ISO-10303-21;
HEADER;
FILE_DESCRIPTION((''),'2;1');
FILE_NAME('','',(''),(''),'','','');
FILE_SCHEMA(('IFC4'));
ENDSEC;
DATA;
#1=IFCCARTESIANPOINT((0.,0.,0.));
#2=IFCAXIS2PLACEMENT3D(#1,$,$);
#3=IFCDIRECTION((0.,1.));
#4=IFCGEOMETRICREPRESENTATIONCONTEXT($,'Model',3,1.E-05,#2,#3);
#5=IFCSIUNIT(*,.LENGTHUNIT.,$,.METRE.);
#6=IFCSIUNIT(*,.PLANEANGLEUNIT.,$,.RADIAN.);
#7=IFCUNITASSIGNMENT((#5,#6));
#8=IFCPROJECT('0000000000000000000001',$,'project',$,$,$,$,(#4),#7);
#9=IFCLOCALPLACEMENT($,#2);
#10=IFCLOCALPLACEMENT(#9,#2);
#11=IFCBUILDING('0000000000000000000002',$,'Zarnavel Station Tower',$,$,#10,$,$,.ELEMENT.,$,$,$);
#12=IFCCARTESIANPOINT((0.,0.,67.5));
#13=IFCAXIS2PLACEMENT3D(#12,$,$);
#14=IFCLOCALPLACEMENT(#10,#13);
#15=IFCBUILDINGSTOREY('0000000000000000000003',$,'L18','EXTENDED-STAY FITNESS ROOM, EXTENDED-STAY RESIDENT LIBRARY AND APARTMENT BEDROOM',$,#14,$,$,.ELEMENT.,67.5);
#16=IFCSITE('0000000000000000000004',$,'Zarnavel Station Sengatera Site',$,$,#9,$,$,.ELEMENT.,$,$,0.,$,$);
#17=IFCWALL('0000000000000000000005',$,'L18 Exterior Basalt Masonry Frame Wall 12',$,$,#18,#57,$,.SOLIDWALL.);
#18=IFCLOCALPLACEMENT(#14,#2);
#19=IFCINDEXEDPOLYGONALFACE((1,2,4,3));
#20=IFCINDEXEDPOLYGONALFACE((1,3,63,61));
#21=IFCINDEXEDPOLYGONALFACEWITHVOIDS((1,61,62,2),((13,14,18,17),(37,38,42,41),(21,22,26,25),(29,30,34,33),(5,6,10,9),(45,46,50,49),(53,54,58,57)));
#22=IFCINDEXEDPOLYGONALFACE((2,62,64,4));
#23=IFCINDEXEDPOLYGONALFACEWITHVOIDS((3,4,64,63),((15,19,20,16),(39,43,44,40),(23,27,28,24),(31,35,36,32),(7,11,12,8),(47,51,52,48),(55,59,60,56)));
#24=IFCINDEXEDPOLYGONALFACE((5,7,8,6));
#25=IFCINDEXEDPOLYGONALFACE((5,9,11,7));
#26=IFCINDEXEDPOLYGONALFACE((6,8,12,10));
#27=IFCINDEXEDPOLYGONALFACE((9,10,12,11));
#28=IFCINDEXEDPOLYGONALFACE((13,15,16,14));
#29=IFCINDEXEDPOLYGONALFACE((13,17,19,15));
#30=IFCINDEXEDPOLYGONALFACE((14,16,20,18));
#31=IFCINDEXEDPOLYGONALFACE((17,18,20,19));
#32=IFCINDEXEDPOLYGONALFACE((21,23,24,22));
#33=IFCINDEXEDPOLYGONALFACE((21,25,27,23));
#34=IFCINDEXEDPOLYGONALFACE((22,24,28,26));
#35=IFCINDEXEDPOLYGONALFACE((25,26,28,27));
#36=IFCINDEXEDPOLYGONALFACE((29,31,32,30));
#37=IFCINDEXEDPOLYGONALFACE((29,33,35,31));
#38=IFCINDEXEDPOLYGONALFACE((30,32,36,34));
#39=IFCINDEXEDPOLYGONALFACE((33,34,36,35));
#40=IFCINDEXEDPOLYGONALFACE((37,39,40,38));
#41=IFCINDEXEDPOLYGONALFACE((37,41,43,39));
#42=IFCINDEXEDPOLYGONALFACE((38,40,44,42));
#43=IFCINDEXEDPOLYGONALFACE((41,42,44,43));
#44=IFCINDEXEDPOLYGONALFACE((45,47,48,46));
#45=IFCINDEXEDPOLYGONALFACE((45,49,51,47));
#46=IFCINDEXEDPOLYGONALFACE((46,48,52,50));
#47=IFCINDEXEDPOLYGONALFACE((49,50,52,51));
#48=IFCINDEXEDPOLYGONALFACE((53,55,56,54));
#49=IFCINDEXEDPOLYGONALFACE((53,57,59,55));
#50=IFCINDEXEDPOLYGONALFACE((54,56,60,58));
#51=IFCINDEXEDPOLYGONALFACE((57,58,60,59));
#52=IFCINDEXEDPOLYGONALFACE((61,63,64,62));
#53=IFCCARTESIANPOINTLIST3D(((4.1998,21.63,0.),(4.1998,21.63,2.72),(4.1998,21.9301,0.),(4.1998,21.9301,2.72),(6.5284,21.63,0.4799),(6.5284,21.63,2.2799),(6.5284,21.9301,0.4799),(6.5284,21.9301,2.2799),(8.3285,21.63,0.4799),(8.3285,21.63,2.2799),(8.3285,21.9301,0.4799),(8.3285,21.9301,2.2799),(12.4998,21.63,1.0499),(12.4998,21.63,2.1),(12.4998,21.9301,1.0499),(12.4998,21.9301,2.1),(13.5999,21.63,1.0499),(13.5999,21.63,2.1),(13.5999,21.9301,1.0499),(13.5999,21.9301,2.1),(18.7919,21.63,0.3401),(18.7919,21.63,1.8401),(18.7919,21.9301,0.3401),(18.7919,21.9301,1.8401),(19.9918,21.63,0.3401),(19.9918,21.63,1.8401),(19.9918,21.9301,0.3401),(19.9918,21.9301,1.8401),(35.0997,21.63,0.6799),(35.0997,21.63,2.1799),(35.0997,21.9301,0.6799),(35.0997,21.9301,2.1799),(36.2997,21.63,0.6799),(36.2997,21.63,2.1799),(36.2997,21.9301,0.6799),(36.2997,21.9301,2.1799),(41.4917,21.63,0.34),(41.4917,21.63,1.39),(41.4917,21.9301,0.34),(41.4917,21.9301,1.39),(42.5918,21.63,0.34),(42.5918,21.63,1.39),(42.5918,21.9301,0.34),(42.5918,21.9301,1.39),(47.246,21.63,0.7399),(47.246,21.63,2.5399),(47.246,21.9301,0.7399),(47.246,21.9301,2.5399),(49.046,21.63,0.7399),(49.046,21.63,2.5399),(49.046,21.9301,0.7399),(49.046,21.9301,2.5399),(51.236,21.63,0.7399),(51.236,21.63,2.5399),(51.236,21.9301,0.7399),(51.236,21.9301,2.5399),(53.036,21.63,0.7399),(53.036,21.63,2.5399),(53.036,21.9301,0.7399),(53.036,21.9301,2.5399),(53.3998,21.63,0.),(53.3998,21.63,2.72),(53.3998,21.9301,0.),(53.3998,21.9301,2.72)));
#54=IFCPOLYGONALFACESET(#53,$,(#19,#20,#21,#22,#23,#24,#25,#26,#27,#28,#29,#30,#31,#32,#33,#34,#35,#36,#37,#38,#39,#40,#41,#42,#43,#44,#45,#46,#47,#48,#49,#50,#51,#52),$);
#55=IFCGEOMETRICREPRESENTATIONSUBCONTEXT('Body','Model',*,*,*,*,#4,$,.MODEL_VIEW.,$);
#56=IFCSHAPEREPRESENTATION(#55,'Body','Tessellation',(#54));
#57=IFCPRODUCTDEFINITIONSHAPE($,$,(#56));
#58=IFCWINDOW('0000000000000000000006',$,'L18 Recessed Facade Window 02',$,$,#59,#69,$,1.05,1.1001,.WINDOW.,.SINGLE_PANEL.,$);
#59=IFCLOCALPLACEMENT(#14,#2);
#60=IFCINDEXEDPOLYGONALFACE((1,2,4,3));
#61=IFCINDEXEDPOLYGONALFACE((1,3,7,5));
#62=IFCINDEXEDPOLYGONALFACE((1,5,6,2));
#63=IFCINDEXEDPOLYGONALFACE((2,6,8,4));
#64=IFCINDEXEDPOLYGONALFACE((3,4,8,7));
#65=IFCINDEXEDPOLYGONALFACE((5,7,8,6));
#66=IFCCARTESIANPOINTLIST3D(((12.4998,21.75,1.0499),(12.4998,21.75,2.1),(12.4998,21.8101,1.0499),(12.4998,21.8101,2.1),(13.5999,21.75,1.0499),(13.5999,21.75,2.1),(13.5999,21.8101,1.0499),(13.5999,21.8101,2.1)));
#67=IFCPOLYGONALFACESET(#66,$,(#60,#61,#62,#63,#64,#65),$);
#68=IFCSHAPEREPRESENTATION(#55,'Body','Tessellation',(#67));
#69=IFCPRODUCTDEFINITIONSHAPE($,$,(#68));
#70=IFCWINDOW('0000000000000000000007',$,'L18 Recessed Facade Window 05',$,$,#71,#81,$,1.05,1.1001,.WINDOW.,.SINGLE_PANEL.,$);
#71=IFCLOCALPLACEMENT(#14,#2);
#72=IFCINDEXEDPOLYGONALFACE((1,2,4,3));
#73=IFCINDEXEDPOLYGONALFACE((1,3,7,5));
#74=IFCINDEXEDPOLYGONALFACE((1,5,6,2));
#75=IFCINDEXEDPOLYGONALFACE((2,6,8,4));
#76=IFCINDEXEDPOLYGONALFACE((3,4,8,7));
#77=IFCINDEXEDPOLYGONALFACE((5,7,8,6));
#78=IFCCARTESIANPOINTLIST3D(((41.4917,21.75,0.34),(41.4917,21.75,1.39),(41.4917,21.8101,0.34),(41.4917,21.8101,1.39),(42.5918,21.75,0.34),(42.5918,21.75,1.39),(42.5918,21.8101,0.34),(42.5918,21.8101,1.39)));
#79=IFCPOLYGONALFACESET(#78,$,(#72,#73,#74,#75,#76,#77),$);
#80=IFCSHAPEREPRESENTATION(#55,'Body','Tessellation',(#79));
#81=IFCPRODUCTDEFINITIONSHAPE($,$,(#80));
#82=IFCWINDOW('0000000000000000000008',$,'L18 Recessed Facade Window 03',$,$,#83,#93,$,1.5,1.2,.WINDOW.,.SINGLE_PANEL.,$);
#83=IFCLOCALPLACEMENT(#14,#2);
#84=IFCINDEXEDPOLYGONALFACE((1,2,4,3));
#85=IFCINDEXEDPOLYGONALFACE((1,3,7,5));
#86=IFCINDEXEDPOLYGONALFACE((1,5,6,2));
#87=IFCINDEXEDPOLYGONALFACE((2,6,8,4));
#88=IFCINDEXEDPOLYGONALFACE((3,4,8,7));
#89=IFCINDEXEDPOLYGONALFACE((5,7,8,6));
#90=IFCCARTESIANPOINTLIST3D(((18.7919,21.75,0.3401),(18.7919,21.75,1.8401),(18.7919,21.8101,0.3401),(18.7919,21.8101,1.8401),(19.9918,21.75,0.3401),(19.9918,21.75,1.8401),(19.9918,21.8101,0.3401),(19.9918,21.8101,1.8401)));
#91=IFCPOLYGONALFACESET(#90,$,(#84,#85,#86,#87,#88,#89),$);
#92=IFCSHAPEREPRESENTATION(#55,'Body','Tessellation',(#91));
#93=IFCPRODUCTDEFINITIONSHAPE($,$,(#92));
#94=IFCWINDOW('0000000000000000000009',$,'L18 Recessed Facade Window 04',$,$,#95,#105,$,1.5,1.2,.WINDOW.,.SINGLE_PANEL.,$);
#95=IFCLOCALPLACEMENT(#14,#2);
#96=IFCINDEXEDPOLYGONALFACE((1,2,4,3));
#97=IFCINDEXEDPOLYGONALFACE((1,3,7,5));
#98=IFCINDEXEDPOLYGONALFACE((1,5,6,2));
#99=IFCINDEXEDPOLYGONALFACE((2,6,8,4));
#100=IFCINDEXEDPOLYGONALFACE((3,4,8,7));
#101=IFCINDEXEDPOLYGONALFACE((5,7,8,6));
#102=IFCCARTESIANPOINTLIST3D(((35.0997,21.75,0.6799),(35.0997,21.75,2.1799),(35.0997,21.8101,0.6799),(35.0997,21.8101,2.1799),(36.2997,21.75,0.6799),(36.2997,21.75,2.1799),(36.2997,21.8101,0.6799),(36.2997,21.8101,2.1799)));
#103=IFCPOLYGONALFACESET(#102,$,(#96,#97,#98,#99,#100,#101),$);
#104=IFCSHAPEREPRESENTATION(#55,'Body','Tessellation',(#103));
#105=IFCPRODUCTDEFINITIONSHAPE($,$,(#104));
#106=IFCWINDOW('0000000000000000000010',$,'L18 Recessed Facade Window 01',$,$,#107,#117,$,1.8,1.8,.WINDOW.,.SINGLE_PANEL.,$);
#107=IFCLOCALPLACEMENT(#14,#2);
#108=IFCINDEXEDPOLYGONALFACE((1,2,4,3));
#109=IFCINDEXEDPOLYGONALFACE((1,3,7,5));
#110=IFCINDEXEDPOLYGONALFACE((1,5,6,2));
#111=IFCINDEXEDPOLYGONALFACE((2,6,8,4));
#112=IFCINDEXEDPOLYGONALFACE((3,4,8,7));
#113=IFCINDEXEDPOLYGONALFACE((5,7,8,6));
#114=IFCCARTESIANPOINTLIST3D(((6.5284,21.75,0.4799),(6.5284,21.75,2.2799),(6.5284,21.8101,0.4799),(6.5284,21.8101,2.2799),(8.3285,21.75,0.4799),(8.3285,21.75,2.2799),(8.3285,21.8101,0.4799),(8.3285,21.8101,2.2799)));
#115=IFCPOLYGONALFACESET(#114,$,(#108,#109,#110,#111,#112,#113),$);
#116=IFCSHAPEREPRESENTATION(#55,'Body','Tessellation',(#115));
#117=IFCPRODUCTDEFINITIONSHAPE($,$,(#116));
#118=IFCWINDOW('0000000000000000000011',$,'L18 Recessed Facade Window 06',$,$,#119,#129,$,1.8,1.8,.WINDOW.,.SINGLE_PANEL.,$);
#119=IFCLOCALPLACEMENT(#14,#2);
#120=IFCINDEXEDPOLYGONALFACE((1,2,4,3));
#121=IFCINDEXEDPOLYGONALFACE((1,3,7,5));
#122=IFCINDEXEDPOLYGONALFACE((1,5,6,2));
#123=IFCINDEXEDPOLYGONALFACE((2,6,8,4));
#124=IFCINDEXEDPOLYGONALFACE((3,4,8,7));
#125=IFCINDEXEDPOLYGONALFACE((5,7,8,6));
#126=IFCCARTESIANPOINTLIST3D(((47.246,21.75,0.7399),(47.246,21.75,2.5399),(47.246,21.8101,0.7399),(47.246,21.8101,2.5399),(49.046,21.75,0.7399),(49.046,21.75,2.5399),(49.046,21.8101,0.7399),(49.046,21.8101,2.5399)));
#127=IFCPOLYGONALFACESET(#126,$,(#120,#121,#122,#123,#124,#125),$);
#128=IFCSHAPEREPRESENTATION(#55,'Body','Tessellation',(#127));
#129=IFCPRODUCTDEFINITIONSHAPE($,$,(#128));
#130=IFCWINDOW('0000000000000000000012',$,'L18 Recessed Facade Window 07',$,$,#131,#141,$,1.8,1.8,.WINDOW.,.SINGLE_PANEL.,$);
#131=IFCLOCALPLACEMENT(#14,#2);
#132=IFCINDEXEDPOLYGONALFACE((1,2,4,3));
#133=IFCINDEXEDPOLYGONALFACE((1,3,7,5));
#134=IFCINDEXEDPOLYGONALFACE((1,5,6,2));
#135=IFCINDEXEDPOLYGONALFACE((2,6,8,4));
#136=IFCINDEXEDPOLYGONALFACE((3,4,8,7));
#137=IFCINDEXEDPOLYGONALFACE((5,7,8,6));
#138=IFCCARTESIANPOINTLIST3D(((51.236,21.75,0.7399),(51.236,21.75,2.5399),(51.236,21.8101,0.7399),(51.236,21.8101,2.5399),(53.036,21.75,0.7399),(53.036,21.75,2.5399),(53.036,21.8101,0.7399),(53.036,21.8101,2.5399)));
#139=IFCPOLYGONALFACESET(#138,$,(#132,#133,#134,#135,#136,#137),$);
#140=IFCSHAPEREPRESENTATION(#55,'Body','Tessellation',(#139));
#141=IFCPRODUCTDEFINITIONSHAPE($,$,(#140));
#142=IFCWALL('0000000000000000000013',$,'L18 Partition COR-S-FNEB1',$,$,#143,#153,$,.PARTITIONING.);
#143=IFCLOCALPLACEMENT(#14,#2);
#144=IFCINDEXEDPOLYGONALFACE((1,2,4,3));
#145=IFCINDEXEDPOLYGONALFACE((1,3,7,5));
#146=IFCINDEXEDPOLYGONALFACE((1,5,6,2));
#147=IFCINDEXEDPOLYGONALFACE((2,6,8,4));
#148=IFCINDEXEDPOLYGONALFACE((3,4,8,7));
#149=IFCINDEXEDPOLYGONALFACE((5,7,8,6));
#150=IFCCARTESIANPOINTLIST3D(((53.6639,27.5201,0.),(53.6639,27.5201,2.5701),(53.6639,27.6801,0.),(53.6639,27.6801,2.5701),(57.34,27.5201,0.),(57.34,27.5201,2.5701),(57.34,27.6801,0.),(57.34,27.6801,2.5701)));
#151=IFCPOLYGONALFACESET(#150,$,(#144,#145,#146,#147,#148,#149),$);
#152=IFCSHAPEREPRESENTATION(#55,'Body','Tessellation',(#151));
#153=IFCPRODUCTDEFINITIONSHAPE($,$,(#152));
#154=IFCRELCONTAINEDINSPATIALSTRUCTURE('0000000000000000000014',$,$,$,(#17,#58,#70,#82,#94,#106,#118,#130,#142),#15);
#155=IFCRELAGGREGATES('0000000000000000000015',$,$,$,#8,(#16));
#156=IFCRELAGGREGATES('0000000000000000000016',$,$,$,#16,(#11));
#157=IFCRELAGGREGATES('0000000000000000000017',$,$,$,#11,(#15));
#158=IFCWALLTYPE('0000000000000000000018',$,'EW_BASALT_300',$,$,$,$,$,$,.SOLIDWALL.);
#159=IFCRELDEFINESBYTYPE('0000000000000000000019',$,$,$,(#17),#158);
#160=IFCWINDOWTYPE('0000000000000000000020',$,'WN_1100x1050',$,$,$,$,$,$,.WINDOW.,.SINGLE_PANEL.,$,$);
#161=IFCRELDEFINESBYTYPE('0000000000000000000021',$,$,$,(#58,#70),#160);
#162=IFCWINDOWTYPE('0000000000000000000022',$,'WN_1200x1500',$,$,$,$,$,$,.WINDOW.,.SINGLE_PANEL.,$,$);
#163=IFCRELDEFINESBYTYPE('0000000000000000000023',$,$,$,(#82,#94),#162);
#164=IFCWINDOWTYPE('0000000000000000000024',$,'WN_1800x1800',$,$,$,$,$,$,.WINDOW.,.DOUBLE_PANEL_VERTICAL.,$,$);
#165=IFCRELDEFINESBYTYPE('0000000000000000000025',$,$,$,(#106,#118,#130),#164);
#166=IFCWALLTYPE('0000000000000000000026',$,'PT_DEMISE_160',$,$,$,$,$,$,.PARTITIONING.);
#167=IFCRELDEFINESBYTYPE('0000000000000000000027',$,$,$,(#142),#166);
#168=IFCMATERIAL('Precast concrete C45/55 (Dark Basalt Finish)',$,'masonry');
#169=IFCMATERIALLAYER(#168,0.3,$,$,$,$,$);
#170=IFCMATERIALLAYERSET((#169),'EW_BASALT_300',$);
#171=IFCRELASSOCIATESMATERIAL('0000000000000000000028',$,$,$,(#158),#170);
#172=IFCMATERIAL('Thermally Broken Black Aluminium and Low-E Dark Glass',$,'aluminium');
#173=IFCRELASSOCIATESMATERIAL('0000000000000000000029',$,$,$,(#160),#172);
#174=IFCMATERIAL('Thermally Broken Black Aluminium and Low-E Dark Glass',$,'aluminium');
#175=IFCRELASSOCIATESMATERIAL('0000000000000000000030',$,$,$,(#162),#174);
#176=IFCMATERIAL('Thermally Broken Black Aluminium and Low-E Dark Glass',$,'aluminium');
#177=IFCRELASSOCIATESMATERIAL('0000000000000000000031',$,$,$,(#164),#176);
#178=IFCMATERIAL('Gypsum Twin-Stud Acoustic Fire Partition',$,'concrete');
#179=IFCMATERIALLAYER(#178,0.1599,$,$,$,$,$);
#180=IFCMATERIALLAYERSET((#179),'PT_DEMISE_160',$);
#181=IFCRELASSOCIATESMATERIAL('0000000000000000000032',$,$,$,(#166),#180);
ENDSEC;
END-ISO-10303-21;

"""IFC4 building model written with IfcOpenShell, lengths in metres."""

from ifc_helpers import new_model, si_unit, direction, frame, frame_2d, origin, place, context, subcontext, project, spatial, rectangle, extrude, material, layer, layer_set, type_object, element, fill, save


model = new_model("IFC4")

# Units and contexts
model_context = context("Model", 3, precision=1e-05, world=origin(), true_north=direction((0.0, 1.0)))
body_context = subcontext(model_context, "Body", "Model", "MODEL_VIEW")
ifc_project = project(units=[si_unit("LENGTHUNIT", "METRE"), si_unit("PLANEANGLEUNIT", "RADIAN")], contexts=[model_context])

# Site, building, storey
site_placement = place(None, origin())
site = spatial("IfcSite", under=ifc_project, at=site_placement, Name="Zarnavel Station Sengatera Site", CompositionType="ELEMENT", RefElevation=0.0)
building_placement = place(site_placement, origin())
building = spatial("IfcBuilding", under=site, at=building_placement, Name="Zarnavel Station Tower", CompositionType="ELEMENT")
storey_placement = place(building_placement, frame((0.0, 0.0, 67.5)))
storey = spatial("IfcBuildingStorey", under=building, at=storey_placement, Name="L18", Description="EXTENDED-STAY FITNESS ROOM, EXTENDED-STAY RESIDENT LIBRARY AND APARTMENT BEDROOM", CompositionType="ELEMENT", Elevation=67.5)

# Shared definitions
ifc_material_1 = material(Name="Precast concrete C45/55 (Dark Basalt Finish)", Category="masonry")
ifc_layer_1 = layer(ifc_material_1, 0.3)
ifc_layer_set_1 = layer_set([ifc_layer_1], Name="EW_BASALT_300")
wall_type_1 = type_object("IfcWallType", Name="EW_BASALT_300", PredefinedType="SOLIDWALL", material=ifc_layer_set_1)

# Wall, openings, windows
wall_1_placement = place(storey_placement, frame((53.3999, 21.78, 0.0), z_axis=(0.0, 0.0, 1.0), x_axis=(-1.0, 0.0, 0.0)))
wall_1 = element("IfcWall", 1, at=wall_1_placement, inside=storey, type_object=wall_type_1, Name="L18 Exterior Basalt Masonry Frame Wall 12", PredefinedType="SOLIDWALL", context=body_context, shape_type="SweptSolid", body=[
    extrude(rectangle(XDim=49.2, YDim=0.3, at=frame_2d((24.6001, 0.0))), origin(), (0.0, 0.0, 1.0), 2.72),
])
opening_1_placement = place(wall_1_placement, frame((45.0715, 0.0, 0.48)))
opening_1 = element("IfcOpeningElement", 2, at=opening_1_placement, cuts=wall_1, PredefinedType="OPENING", context=body_context, shape_type="SweptSolid", body=[
    extrude(rectangle(XDim=1.8, YDim=1.8, at=frame_2d((0.8999, 0.8999))), frame((0.0, 0.1599, 0.0), z_axis=(0.0, -1.0, 0.0), x_axis=(1.0, 0.0, 0.0)), (0.0, 0.0, 1.0), 0.3201),
])
opening_2_placement = place(wall_1_placement, frame((39.8, 0.0, 1.05)))
opening_2 = element("IfcOpeningElement", 3, at=opening_2_placement, cuts=wall_1, PredefinedType="OPENING", context=body_context, shape_type="SweptSolid", body=[
    extrude(rectangle(XDim=1.1001, YDim=1.05, at=frame_2d((0.55, 0.5249))), frame((0.0, 0.1599, 0.0), z_axis=(0.0, -1.0, 0.0), x_axis=(1.0, 0.0, 0.0)), (0.0, 0.0, 1.0), 0.3201),
])
opening_3_placement = place(wall_1_placement, frame((33.408, 0.0, 0.3401)))
opening_3 = element("IfcOpeningElement", 4, at=opening_3_placement, cuts=wall_1, PredefinedType="OPENING", context=body_context, shape_type="SweptSolid", body=[
    extrude(rectangle(XDim=1.2, YDim=1.5, at=frame_2d((0.6001, 0.75))), frame((0.0, 0.1599, 0.0), z_axis=(0.0, -1.0, 0.0), x_axis=(1.0, 0.0, 0.0)), (0.0, 0.0, 1.0), 0.3201),
])
opening_4_placement = place(wall_1_placement, frame((17.1001, 0.0, 0.6799)))
opening_4 = element("IfcOpeningElement", 5, at=opening_4_placement, cuts=wall_1, PredefinedType="OPENING", context=body_context, shape_type="SweptSolid", body=[
    extrude(rectangle(XDim=1.2, YDim=1.5, at=frame_2d((0.6001, 0.75))), frame((0.0, 0.1599, 0.0), z_axis=(0.0, -1.0, 0.0), x_axis=(1.0, 0.0, 0.0)), (0.0, 0.0, 1.0), 0.3201),
])
opening_5_placement = place(wall_1_placement, frame((10.8081, 0.0, 0.3401)))
opening_5 = element("IfcOpeningElement", 6, at=opening_5_placement, cuts=wall_1, PredefinedType="OPENING", context=body_context, shape_type="SweptSolid", body=[
    extrude(rectangle(XDim=1.1001, YDim=1.05, at=frame_2d((0.55, 0.5249))), frame((0.0, 0.1599, 0.0), z_axis=(0.0, -1.0, 0.0), x_axis=(1.0, 0.0, 0.0)), (0.0, 0.0, 1.0), 0.3201),
])
opening_6_placement = place(wall_1_placement, frame((4.354, 0.0, 0.74)))
opening_6 = element("IfcOpeningElement", 7, at=opening_6_placement, cuts=wall_1, PredefinedType="OPENING", context=body_context, shape_type="SweptSolid", body=[
    extrude(rectangle(XDim=1.8, YDim=1.8, at=frame_2d((0.8999, 0.8999))), frame((0.0, 0.1599, 0.0), z_axis=(0.0, -1.0, 0.0), x_axis=(1.0, 0.0, 0.0)), (0.0, 0.0, 1.0), 0.3201),
])
opening_7_placement = place(wall_1_placement, frame((0.364, 0.0, 0.74)))
opening_7 = element("IfcOpeningElement", 8, at=opening_7_placement, cuts=wall_1, PredefinedType="OPENING", context=body_context, shape_type="SweptSolid", body=[
    extrude(rectangle(XDim=1.8, YDim=1.8, at=frame_2d((0.8999, 0.8999))), frame((0.0, 0.1599, 0.0), z_axis=(0.0, -1.0, 0.0), x_axis=(1.0, 0.0, 0.0)), (0.0, 0.0, 1.0), 0.3201),
])
ifc_material_2 = material(Name="Thermally Broken Black Aluminium and Low-E Dark Glass", Category="aluminium")
window_type_1 = type_object("IfcWindowType", Name="WN_1100x1050", PartitioningType="SINGLE_PANEL", PredefinedType="WINDOW", material=ifc_material_2)
window_1_placement = place(opening_2_placement, origin())
window_1 = element("IfcWindow", 9, at=window_1_placement, inside=storey, type_object=window_type_1, Name="L18 Recessed Facade Window 02", OverallHeight=1.05, OverallWidth=1.1001, PartitioningType="SINGLE_PANEL", PredefinedType="WINDOW", context=body_context, shape_type="SweptSolid", body=[
    extrude(rectangle(XDim=1.1001, YDim=1.05, at=frame_2d((0.55, 0.5249))), frame((0.0, 0.03, 0.0), z_axis=(0.0, -1.0, 0.0), x_axis=(1.0, 0.0, 0.0)), (0.0, 0.0, 1.0), 0.0601),
])
fill(opening_2, window_1)
window_2_placement = place(opening_5_placement, origin())
window_2 = element("IfcWindow", 10, at=window_2_placement, inside=storey, type_object=window_type_1, Name="L18 Recessed Facade Window 05", OverallHeight=1.05, OverallWidth=1.1001, PartitioningType="SINGLE_PANEL", PredefinedType="WINDOW", context=body_context, shape_type="SweptSolid", body=[
    extrude(rectangle(XDim=1.1001, YDim=1.05, at=frame_2d((0.55, 0.5249))), frame((0.0, 0.03, 0.0), z_axis=(0.0, -1.0, 0.0), x_axis=(1.0, 0.0, 0.0)), (0.0, 0.0, 1.0), 0.0601),
])
fill(opening_5, window_2)
ifc_material_3 = material(Name="Thermally Broken Black Aluminium and Low-E Dark Glass", Category="aluminium")
window_type_2 = type_object("IfcWindowType", Name="WN_1200x1500", PartitioningType="SINGLE_PANEL", PredefinedType="WINDOW", material=ifc_material_3)
window_3_placement = place(opening_3_placement, origin())
window_3 = element("IfcWindow", 11, at=window_3_placement, inside=storey, type_object=window_type_2, Name="L18 Recessed Facade Window 03", OverallHeight=1.5, OverallWidth=1.2, PartitioningType="SINGLE_PANEL", PredefinedType="WINDOW", context=body_context, shape_type="SweptSolid", body=[
    extrude(rectangle(XDim=1.2, YDim=1.5, at=frame_2d((0.6001, 0.75))), frame((0.0, 0.03, 0.0), z_axis=(0.0, -1.0, 0.0), x_axis=(1.0, 0.0, 0.0)), (0.0, 0.0, 1.0), 0.0601),
])
fill(opening_3, window_3)
window_4_placement = place(opening_4_placement, origin())
window_4 = element("IfcWindow", 12, at=window_4_placement, inside=storey, type_object=window_type_2, Name="L18 Recessed Facade Window 04", OverallHeight=1.5, OverallWidth=1.2, PartitioningType="SINGLE_PANEL", PredefinedType="WINDOW", context=body_context, shape_type="SweptSolid", body=[
    extrude(rectangle(XDim=1.2, YDim=1.5, at=frame_2d((0.6001, 0.75))), frame((0.0, 0.03, 0.0), z_axis=(0.0, -1.0, 0.0), x_axis=(1.0, 0.0, 0.0)), (0.0, 0.0, 1.0), 0.0601),
])
fill(opening_4, window_4)
ifc_material_4 = material(Name="Thermally Broken Black Aluminium and Low-E Dark Glass", Category="aluminium")
window_type_3 = type_object("IfcWindowType", Name="WN_1800x1800", PartitioningType="DOUBLE_PANEL_VERTICAL", PredefinedType="WINDOW", material=ifc_material_4)
window_5_placement = place(opening_1_placement, origin())
window_5 = element("IfcWindow", 13, at=window_5_placement, inside=storey, type_object=window_type_3, Name="L18 Recessed Facade Window 01", OverallHeight=1.8, OverallWidth=1.8, PartitioningType="SINGLE_PANEL", PredefinedType="WINDOW", context=body_context, shape_type="SweptSolid", body=[
    extrude(rectangle(XDim=1.8, YDim=1.8, at=frame_2d((0.8999, 0.8999))), frame((0.0, 0.03, 0.0), z_axis=(0.0, -1.0, 0.0), x_axis=(1.0, 0.0, 0.0)), (0.0, 0.0, 1.0), 0.0601),
])
fill(opening_1, window_5)
window_6_placement = place(opening_6_placement, origin())
window_6 = element("IfcWindow", 14, at=window_6_placement, inside=storey, type_object=window_type_3, Name="L18 Recessed Facade Window 06", OverallHeight=1.8, OverallWidth=1.8, PartitioningType="SINGLE_PANEL", PredefinedType="WINDOW", context=body_context, shape_type="SweptSolid", body=[
    extrude(rectangle(XDim=1.8, YDim=1.8, at=frame_2d((0.8999, 0.8999))), frame((0.0, 0.03, 0.0), z_axis=(0.0, -1.0, 0.0), x_axis=(1.0, 0.0, 0.0)), (0.0, 0.0, 1.0), 0.0601),
])
fill(opening_6, window_6)
window_7_placement = place(opening_7_placement, origin())
window_7 = element("IfcWindow", 15, at=window_7_placement, inside=storey, type_object=window_type_3, Name="L18 Recessed Facade Window 07", OverallHeight=1.8, OverallWidth=1.8, PartitioningType="SINGLE_PANEL", PredefinedType="WINDOW", context=body_context, shape_type="SweptSolid", body=[
    extrude(rectangle(XDim=1.8, YDim=1.8, at=frame_2d((0.8999, 0.8999))), frame((0.0, 0.03, 0.0), z_axis=(0.0, -1.0, 0.0), x_axis=(1.0, 0.0, 0.0)), (0.0, 0.0, 1.0), 0.0601),
])
fill(opening_7, window_7)

# Shared definitions
ifc_material_5 = material(Name="Gypsum Twin-Stud Acoustic Fire Partition", Category="concrete")
ifc_layer_2 = layer(ifc_material_5, 0.1599)
ifc_layer_set_2 = layer_set([ifc_layer_2], Name="PT_DEMISE_160")
wall_type_2 = type_object("IfcWallType", Name="PT_DEMISE_160", PredefinedType="PARTITIONING", material=ifc_layer_set_2)

# Wall
wall_2_placement = place(storey_placement, frame((53.6641, 27.6001, 0.0), z_axis=(0.0, 0.0, 1.0), x_axis=(1.0, 0.0, 0.0)))
element("IfcWall", 16, at=wall_2_placement, inside=storey, type_object=wall_type_2, Name="L18 Partition COR-S-FNEB1", PredefinedType="PARTITIONING", context=body_context, shape_type="SweptSolid", body=[
    extrude(rectangle(XDim=3.676, YDim=0.1599, at=frame_2d((1.8379, 0.0))), origin(), (0.0, 0.0, 1.0), 2.5701),
])

save(model, "model.ifc")
